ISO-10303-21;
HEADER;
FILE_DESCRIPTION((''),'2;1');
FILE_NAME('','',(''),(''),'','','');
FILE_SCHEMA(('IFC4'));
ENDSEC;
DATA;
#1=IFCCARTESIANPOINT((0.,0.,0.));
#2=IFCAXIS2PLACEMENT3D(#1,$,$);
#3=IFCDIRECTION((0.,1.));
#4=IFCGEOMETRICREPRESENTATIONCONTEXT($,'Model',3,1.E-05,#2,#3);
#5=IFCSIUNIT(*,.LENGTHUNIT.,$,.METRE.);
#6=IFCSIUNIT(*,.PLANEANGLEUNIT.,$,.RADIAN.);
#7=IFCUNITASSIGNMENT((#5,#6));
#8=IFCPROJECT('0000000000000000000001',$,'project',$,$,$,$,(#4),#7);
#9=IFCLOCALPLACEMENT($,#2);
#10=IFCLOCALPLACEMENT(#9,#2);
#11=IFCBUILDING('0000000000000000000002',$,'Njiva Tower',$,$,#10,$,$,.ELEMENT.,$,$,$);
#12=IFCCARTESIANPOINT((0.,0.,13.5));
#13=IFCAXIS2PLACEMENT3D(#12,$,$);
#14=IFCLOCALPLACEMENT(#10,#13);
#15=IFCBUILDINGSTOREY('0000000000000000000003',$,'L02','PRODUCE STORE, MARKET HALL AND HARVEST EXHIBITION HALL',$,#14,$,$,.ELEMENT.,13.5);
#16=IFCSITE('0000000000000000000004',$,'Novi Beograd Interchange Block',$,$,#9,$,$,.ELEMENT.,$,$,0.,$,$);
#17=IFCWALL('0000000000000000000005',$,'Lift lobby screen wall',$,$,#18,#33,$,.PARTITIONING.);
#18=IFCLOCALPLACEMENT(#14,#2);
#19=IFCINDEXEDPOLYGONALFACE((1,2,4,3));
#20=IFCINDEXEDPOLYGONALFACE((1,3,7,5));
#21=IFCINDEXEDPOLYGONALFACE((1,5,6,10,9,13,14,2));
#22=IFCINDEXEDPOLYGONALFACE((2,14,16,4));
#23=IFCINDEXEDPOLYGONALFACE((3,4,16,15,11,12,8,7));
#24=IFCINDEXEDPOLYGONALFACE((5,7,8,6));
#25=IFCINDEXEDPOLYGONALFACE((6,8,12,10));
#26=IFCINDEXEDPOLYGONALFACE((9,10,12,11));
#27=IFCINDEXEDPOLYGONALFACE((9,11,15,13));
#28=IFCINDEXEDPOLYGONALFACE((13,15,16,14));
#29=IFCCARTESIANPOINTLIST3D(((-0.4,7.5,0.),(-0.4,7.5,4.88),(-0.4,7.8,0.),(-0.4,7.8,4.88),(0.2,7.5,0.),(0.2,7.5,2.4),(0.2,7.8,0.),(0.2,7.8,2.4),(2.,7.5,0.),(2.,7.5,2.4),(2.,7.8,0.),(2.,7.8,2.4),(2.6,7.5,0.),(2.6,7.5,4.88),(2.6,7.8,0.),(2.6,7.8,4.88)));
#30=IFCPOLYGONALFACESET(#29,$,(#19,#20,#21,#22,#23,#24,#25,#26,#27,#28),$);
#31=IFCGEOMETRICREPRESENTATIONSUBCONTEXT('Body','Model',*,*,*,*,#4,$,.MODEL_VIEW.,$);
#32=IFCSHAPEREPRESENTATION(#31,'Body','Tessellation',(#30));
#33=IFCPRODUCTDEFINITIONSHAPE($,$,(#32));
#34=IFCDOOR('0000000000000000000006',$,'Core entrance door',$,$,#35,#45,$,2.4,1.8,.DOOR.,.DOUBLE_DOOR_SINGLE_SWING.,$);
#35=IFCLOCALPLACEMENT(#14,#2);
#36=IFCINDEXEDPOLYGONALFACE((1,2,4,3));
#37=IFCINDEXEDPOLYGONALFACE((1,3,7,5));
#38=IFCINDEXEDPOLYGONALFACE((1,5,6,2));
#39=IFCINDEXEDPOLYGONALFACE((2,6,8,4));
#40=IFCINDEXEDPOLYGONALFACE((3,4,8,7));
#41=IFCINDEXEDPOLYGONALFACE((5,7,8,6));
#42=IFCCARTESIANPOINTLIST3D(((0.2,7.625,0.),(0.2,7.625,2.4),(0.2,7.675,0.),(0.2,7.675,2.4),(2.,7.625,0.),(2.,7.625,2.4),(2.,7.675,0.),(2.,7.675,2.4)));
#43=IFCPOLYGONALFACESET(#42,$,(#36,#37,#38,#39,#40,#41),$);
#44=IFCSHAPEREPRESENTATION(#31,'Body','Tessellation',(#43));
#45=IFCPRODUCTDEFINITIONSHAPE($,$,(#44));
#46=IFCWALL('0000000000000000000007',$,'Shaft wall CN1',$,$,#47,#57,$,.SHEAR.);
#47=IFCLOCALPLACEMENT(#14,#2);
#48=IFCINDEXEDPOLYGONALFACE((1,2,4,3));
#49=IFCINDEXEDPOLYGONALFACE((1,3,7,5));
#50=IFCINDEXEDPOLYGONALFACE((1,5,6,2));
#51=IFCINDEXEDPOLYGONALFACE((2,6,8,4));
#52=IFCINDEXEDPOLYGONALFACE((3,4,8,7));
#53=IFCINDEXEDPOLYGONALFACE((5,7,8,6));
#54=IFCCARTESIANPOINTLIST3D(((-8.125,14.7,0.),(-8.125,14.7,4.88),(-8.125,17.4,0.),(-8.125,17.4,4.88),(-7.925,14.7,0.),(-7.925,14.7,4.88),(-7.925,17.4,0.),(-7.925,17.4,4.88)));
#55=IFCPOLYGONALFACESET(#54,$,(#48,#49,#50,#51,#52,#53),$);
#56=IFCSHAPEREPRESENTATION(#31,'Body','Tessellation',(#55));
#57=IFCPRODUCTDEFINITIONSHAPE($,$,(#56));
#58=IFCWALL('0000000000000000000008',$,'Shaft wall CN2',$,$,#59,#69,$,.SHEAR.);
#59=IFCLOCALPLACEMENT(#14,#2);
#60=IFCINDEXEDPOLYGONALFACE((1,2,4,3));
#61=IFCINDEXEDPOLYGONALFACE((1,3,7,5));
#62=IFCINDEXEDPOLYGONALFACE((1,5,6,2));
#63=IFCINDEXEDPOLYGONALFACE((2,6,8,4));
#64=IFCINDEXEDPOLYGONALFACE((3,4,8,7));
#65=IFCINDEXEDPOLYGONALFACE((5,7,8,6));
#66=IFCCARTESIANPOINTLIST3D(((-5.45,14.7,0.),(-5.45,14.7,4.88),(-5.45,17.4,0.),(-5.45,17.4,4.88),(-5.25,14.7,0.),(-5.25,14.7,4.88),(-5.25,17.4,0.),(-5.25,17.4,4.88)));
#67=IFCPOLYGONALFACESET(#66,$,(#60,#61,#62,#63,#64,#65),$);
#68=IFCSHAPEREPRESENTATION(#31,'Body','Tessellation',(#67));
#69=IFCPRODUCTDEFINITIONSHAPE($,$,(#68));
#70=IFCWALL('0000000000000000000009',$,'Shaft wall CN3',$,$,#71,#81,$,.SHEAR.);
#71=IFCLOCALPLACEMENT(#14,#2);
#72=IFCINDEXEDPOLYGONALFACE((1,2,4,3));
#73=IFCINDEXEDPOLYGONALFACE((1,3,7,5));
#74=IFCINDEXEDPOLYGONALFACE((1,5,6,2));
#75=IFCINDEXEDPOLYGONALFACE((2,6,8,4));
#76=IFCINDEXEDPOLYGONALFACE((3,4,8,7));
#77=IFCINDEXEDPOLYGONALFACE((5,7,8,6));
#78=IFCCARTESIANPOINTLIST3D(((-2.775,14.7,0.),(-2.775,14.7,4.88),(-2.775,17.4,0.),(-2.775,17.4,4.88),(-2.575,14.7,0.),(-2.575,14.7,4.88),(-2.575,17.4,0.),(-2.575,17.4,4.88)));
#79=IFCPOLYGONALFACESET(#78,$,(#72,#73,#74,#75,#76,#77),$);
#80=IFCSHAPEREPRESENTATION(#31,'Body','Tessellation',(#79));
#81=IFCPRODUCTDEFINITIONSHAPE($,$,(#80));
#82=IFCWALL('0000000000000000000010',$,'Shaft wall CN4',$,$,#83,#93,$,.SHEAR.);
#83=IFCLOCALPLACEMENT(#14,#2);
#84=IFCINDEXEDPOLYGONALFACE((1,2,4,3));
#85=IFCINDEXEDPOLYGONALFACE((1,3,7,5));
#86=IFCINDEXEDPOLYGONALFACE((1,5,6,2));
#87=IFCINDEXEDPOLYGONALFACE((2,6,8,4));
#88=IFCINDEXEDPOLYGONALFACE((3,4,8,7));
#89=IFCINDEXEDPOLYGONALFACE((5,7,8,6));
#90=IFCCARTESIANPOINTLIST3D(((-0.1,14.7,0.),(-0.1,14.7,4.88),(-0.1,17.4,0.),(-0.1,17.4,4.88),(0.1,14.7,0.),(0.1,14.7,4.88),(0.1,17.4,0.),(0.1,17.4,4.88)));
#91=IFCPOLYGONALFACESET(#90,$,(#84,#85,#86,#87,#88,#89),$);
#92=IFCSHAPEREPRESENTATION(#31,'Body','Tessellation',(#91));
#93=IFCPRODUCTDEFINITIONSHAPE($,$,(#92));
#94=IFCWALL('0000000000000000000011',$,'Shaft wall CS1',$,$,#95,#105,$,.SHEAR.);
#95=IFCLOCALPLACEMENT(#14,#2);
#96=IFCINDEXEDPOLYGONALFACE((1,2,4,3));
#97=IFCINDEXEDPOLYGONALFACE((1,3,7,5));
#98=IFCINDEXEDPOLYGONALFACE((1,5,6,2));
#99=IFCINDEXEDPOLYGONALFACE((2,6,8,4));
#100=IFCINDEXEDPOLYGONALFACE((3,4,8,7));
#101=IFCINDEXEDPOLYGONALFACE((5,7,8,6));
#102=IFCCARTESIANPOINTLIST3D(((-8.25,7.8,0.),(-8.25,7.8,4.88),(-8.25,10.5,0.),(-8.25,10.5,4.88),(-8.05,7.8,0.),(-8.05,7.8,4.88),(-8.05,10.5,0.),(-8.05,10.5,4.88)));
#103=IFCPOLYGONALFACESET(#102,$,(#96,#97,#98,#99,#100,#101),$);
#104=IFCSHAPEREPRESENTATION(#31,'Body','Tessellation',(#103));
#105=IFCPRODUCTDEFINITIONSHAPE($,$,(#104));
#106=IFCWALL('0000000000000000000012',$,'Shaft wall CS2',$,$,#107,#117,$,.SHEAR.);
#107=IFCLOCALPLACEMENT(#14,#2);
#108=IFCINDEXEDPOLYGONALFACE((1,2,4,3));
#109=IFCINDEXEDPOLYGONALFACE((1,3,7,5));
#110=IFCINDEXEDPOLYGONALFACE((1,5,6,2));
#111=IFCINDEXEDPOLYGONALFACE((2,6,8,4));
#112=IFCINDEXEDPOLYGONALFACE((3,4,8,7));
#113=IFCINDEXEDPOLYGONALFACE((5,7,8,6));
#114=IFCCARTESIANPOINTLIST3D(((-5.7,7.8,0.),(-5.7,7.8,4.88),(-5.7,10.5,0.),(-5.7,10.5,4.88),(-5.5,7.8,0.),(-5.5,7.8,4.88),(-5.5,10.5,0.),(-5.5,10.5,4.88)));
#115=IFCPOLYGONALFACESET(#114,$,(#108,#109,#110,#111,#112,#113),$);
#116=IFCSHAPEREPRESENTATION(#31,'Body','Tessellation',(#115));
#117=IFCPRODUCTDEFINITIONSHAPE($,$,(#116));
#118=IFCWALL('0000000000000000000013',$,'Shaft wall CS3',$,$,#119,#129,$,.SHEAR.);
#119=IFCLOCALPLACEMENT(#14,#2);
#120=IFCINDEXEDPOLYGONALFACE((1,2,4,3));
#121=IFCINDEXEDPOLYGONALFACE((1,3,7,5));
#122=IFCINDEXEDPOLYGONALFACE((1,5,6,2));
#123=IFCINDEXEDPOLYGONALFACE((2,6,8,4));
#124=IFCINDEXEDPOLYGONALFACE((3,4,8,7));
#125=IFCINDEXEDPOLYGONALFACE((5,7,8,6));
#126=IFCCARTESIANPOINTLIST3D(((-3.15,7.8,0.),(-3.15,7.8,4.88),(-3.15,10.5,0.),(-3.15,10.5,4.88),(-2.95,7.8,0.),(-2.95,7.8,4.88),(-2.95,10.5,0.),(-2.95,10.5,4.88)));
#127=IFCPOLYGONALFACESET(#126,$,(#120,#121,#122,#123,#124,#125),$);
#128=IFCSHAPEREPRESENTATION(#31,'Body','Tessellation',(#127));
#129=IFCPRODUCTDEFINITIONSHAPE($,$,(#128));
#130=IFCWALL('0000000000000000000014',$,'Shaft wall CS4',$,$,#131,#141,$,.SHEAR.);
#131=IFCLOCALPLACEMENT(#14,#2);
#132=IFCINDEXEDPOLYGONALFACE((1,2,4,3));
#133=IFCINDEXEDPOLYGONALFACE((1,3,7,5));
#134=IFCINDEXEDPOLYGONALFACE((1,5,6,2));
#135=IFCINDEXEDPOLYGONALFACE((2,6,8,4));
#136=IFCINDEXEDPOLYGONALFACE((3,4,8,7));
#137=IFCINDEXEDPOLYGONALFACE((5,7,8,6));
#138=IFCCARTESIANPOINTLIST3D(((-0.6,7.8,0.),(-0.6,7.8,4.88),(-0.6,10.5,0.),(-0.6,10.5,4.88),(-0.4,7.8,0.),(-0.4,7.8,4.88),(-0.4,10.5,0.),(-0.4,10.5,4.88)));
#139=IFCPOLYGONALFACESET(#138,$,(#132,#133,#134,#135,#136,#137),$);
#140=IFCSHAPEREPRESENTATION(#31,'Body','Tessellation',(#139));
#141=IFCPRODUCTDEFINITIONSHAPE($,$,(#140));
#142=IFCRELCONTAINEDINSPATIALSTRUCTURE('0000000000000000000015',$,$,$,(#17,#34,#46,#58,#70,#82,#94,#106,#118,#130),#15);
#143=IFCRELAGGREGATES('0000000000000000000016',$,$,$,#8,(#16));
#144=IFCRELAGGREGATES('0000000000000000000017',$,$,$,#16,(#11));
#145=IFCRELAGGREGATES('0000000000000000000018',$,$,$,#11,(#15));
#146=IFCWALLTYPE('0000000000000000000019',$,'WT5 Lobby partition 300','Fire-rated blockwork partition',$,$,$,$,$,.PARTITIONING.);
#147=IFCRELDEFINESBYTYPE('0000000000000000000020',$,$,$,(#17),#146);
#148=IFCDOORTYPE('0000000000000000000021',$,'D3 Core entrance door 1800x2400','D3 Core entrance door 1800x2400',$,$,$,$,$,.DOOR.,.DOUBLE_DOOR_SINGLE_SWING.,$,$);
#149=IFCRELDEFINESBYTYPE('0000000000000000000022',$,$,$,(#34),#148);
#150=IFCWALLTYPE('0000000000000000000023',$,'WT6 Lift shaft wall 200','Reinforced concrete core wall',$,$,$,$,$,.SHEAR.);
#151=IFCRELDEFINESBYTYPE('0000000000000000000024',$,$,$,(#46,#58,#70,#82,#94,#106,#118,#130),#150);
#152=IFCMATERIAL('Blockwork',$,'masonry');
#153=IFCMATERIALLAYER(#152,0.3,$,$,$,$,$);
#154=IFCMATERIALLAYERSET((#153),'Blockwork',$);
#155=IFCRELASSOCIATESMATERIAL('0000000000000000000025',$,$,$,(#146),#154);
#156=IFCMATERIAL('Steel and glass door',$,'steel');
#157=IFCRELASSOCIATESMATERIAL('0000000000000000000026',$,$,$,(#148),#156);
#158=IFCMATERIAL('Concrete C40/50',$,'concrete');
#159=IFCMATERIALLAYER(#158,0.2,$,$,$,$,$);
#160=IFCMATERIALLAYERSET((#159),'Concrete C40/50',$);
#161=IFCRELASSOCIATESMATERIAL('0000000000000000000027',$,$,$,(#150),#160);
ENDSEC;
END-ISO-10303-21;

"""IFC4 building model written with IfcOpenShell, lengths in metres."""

from ifc_helpers import new_model, si_unit, direction, frame, frame_2d, origin, place, context, subcontext, project, spatial, rectangle, extrude, material, layer, layer_set, type_object, element, fill, save


model = new_model("IFC4")

# Units and contexts
model_context = context("Model", 3, precision=1e-05, world=origin(), true_north=direction((0.0, 1.0)))
body_context = subcontext(model_context, "Body", "Model", "MODEL_VIEW")
ifc_project = project(units=[si_unit("LENGTHUNIT", "METRE"), si_unit("PLANEANGLEUNIT", "RADIAN")], contexts=[model_context])

# Site, building, storey
site_placement = place(None, origin())
site = spatial("IfcSite", under=ifc_project, at=site_placement, Name="Novi Beograd Interchange Block", CompositionType="ELEMENT", RefElevation=0.0)
building_placement = place(site_placement, origin())
building = spatial("IfcBuilding", under=site, at=building_placement, Name="Njiva Tower", CompositionType="ELEMENT")
storey_placement = place(building_placement, frame((0.0, 0.0, 13.5)))
storey = spatial("IfcBuildingStorey", under=building, at=storey_placement, Name="L02", Description="PRODUCE STORE, MARKET HALL AND HARVEST EXHIBITION HALL", CompositionType="ELEMENT", Elevation=13.5)

# Wall, opening, door
ifc_material_1 = material(Name="Blockwork", Category="masonry")
ifc_layer_1 = layer(ifc_material_1, 0.3)
ifc_layer_set_1 = layer_set([ifc_layer_1], Name="Blockwork")
wall_type_1 = type_object("IfcWallType", Name="WT5 Lobby partition 300", Description="Fire-rated blockwork partition", PredefinedType="PARTITIONING", material=ifc_layer_set_1)
wall_1_placement = place(storey_placement, frame((-0.4, 7.65, 0.0), z_axis=(0.0, 0.0, 1.0), x_axis=(1.0, 0.0, 0.0)))
wall_1 = element("IfcWall", 1, at=wall_1_placement, inside=storey, type_object=wall_type_1, Name="Lift lobby screen wall", PredefinedType="PARTITIONING", context=body_context, shape_type="SweptSolid", body=[
    extrude(rectangle(XDim=3.0, YDim=0.3, at=frame_2d((1.5, 0.0))), origin(), (0.0, 0.0, 1.0), 4.88),
])
opening_1_placement = place(wall_1_placement, frame((0.6, 0.0, 0.0)))
opening_1 = element("IfcOpeningElement", 2, at=opening_1_placement, cuts=wall_1, PredefinedType="OPENING", context=body_context, shape_type="SweptSolid", body=[
    extrude(rectangle(XDim=1.8, YDim=2.4, at=frame_2d((0.9, 1.2))), frame((0.0, 0.16, 0.0), z_axis=(0.0, -1.0, 0.0), x_axis=(1.0, 0.0, 0.0)), (0.0, 0.0, 1.0), 0.32),
])
ifc_material_2 = material(Name="Steel and glass door", Category="steel")
door_type_1 = type_object("IfcDoorType", Name="D3 Core entrance door 1800x2400", Description="D3 Core entrance door 1800x2400", OperationType="DOUBLE_DOOR_SINGLE_SWING", PredefinedType="DOOR", material=ifc_material_2)
door_1_placement = place(opening_1_placement, origin())
door_1 = element("IfcDoor", 3, at=door_1_placement, inside=storey, type_object=door_type_1, Name="Core entrance door", OperationType="DOUBLE_DOOR_SINGLE_SWING", OverallHeight=2.4, OverallWidth=1.8, PredefinedType="DOOR", context=body_context, shape_type="SweptSolid", body=[
    extrude(rectangle(XDim=1.8, YDim=2.4, at=frame_2d((0.9, 1.2))), frame((0.0, 0.025, 0.0), z_axis=(0.0, -1.0, 0.0), x_axis=(1.0, 0.0, 0.0)), (0.0, 0.0, 1.0), 0.05),
])
fill(opening_1, door_1)

# Walls
ifc_material_3 = material(Name="Concrete C40/50", Category="concrete")
ifc_layer_2 = layer(ifc_material_3, 0.2)
ifc_layer_set_2 = layer_set([ifc_layer_2], Name="Concrete C40/50")
wall_type_2 = type_object("IfcWallType", Name="WT6 Lift shaft wall 200", Description="Reinforced concrete core wall", PredefinedType="SHEAR", material=ifc_layer_set_2)
for number, where, z_axis, x_axis, name in (
    (4, (-8.025, 14.7, 0.0), (0.0, 0.0, 1.0), (0.0, 1.0, 0.0), "Shaft wall CN1"),
    (5, (-5.35, 14.7, 0.0), (0.0, 0.0, 1.0), (0.0, 1.0, 0.0), "Shaft wall CN2"),
    (6, (-2.675, 14.7, 0.0), (0.0, 0.0, 1.0), (0.0, 1.0, 0.0), "Shaft wall CN3"),
    (7, (0.0, 14.7, 0.0), (0.0, 0.0, 1.0), (0.0, 1.0, 0.0), "Shaft wall CN4"),
    (8, (-8.15, 7.8, 0.0), (0.0, 0.0, 1.0), (0.0, 1.0, 0.0), "Shaft wall CS1"),
    (9, (-5.6, 7.8, 0.0), (0.0, 0.0, 1.0), (0.0, 1.0, 0.0), "Shaft wall CS2"),
    (10, (-3.05, 7.8, 0.0), (0.0, 0.0, 1.0), (0.0, 1.0, 0.0), "Shaft wall CS3"),
    (11, (-0.5, 7.8, 0.0), (0.0, 0.0, 1.0), (0.0, 1.0, 0.0), "Shaft wall CS4"),
):
    element("IfcWall", number, at=place(storey_placement, frame(where, z_axis=z_axis, x_axis=x_axis)), inside=storey, type_object=wall_type_2, Name=name, PredefinedType="SHEAR", context=body_context, shape_type="SweptSolid", body=[
        extrude(rectangle(XDim=2.7, YDim=0.2, at=frame_2d((1.35, 0.0))), origin(), (0.0, 0.0, 1.0), 4.88),
    ])

save(model, "model.ifc")
